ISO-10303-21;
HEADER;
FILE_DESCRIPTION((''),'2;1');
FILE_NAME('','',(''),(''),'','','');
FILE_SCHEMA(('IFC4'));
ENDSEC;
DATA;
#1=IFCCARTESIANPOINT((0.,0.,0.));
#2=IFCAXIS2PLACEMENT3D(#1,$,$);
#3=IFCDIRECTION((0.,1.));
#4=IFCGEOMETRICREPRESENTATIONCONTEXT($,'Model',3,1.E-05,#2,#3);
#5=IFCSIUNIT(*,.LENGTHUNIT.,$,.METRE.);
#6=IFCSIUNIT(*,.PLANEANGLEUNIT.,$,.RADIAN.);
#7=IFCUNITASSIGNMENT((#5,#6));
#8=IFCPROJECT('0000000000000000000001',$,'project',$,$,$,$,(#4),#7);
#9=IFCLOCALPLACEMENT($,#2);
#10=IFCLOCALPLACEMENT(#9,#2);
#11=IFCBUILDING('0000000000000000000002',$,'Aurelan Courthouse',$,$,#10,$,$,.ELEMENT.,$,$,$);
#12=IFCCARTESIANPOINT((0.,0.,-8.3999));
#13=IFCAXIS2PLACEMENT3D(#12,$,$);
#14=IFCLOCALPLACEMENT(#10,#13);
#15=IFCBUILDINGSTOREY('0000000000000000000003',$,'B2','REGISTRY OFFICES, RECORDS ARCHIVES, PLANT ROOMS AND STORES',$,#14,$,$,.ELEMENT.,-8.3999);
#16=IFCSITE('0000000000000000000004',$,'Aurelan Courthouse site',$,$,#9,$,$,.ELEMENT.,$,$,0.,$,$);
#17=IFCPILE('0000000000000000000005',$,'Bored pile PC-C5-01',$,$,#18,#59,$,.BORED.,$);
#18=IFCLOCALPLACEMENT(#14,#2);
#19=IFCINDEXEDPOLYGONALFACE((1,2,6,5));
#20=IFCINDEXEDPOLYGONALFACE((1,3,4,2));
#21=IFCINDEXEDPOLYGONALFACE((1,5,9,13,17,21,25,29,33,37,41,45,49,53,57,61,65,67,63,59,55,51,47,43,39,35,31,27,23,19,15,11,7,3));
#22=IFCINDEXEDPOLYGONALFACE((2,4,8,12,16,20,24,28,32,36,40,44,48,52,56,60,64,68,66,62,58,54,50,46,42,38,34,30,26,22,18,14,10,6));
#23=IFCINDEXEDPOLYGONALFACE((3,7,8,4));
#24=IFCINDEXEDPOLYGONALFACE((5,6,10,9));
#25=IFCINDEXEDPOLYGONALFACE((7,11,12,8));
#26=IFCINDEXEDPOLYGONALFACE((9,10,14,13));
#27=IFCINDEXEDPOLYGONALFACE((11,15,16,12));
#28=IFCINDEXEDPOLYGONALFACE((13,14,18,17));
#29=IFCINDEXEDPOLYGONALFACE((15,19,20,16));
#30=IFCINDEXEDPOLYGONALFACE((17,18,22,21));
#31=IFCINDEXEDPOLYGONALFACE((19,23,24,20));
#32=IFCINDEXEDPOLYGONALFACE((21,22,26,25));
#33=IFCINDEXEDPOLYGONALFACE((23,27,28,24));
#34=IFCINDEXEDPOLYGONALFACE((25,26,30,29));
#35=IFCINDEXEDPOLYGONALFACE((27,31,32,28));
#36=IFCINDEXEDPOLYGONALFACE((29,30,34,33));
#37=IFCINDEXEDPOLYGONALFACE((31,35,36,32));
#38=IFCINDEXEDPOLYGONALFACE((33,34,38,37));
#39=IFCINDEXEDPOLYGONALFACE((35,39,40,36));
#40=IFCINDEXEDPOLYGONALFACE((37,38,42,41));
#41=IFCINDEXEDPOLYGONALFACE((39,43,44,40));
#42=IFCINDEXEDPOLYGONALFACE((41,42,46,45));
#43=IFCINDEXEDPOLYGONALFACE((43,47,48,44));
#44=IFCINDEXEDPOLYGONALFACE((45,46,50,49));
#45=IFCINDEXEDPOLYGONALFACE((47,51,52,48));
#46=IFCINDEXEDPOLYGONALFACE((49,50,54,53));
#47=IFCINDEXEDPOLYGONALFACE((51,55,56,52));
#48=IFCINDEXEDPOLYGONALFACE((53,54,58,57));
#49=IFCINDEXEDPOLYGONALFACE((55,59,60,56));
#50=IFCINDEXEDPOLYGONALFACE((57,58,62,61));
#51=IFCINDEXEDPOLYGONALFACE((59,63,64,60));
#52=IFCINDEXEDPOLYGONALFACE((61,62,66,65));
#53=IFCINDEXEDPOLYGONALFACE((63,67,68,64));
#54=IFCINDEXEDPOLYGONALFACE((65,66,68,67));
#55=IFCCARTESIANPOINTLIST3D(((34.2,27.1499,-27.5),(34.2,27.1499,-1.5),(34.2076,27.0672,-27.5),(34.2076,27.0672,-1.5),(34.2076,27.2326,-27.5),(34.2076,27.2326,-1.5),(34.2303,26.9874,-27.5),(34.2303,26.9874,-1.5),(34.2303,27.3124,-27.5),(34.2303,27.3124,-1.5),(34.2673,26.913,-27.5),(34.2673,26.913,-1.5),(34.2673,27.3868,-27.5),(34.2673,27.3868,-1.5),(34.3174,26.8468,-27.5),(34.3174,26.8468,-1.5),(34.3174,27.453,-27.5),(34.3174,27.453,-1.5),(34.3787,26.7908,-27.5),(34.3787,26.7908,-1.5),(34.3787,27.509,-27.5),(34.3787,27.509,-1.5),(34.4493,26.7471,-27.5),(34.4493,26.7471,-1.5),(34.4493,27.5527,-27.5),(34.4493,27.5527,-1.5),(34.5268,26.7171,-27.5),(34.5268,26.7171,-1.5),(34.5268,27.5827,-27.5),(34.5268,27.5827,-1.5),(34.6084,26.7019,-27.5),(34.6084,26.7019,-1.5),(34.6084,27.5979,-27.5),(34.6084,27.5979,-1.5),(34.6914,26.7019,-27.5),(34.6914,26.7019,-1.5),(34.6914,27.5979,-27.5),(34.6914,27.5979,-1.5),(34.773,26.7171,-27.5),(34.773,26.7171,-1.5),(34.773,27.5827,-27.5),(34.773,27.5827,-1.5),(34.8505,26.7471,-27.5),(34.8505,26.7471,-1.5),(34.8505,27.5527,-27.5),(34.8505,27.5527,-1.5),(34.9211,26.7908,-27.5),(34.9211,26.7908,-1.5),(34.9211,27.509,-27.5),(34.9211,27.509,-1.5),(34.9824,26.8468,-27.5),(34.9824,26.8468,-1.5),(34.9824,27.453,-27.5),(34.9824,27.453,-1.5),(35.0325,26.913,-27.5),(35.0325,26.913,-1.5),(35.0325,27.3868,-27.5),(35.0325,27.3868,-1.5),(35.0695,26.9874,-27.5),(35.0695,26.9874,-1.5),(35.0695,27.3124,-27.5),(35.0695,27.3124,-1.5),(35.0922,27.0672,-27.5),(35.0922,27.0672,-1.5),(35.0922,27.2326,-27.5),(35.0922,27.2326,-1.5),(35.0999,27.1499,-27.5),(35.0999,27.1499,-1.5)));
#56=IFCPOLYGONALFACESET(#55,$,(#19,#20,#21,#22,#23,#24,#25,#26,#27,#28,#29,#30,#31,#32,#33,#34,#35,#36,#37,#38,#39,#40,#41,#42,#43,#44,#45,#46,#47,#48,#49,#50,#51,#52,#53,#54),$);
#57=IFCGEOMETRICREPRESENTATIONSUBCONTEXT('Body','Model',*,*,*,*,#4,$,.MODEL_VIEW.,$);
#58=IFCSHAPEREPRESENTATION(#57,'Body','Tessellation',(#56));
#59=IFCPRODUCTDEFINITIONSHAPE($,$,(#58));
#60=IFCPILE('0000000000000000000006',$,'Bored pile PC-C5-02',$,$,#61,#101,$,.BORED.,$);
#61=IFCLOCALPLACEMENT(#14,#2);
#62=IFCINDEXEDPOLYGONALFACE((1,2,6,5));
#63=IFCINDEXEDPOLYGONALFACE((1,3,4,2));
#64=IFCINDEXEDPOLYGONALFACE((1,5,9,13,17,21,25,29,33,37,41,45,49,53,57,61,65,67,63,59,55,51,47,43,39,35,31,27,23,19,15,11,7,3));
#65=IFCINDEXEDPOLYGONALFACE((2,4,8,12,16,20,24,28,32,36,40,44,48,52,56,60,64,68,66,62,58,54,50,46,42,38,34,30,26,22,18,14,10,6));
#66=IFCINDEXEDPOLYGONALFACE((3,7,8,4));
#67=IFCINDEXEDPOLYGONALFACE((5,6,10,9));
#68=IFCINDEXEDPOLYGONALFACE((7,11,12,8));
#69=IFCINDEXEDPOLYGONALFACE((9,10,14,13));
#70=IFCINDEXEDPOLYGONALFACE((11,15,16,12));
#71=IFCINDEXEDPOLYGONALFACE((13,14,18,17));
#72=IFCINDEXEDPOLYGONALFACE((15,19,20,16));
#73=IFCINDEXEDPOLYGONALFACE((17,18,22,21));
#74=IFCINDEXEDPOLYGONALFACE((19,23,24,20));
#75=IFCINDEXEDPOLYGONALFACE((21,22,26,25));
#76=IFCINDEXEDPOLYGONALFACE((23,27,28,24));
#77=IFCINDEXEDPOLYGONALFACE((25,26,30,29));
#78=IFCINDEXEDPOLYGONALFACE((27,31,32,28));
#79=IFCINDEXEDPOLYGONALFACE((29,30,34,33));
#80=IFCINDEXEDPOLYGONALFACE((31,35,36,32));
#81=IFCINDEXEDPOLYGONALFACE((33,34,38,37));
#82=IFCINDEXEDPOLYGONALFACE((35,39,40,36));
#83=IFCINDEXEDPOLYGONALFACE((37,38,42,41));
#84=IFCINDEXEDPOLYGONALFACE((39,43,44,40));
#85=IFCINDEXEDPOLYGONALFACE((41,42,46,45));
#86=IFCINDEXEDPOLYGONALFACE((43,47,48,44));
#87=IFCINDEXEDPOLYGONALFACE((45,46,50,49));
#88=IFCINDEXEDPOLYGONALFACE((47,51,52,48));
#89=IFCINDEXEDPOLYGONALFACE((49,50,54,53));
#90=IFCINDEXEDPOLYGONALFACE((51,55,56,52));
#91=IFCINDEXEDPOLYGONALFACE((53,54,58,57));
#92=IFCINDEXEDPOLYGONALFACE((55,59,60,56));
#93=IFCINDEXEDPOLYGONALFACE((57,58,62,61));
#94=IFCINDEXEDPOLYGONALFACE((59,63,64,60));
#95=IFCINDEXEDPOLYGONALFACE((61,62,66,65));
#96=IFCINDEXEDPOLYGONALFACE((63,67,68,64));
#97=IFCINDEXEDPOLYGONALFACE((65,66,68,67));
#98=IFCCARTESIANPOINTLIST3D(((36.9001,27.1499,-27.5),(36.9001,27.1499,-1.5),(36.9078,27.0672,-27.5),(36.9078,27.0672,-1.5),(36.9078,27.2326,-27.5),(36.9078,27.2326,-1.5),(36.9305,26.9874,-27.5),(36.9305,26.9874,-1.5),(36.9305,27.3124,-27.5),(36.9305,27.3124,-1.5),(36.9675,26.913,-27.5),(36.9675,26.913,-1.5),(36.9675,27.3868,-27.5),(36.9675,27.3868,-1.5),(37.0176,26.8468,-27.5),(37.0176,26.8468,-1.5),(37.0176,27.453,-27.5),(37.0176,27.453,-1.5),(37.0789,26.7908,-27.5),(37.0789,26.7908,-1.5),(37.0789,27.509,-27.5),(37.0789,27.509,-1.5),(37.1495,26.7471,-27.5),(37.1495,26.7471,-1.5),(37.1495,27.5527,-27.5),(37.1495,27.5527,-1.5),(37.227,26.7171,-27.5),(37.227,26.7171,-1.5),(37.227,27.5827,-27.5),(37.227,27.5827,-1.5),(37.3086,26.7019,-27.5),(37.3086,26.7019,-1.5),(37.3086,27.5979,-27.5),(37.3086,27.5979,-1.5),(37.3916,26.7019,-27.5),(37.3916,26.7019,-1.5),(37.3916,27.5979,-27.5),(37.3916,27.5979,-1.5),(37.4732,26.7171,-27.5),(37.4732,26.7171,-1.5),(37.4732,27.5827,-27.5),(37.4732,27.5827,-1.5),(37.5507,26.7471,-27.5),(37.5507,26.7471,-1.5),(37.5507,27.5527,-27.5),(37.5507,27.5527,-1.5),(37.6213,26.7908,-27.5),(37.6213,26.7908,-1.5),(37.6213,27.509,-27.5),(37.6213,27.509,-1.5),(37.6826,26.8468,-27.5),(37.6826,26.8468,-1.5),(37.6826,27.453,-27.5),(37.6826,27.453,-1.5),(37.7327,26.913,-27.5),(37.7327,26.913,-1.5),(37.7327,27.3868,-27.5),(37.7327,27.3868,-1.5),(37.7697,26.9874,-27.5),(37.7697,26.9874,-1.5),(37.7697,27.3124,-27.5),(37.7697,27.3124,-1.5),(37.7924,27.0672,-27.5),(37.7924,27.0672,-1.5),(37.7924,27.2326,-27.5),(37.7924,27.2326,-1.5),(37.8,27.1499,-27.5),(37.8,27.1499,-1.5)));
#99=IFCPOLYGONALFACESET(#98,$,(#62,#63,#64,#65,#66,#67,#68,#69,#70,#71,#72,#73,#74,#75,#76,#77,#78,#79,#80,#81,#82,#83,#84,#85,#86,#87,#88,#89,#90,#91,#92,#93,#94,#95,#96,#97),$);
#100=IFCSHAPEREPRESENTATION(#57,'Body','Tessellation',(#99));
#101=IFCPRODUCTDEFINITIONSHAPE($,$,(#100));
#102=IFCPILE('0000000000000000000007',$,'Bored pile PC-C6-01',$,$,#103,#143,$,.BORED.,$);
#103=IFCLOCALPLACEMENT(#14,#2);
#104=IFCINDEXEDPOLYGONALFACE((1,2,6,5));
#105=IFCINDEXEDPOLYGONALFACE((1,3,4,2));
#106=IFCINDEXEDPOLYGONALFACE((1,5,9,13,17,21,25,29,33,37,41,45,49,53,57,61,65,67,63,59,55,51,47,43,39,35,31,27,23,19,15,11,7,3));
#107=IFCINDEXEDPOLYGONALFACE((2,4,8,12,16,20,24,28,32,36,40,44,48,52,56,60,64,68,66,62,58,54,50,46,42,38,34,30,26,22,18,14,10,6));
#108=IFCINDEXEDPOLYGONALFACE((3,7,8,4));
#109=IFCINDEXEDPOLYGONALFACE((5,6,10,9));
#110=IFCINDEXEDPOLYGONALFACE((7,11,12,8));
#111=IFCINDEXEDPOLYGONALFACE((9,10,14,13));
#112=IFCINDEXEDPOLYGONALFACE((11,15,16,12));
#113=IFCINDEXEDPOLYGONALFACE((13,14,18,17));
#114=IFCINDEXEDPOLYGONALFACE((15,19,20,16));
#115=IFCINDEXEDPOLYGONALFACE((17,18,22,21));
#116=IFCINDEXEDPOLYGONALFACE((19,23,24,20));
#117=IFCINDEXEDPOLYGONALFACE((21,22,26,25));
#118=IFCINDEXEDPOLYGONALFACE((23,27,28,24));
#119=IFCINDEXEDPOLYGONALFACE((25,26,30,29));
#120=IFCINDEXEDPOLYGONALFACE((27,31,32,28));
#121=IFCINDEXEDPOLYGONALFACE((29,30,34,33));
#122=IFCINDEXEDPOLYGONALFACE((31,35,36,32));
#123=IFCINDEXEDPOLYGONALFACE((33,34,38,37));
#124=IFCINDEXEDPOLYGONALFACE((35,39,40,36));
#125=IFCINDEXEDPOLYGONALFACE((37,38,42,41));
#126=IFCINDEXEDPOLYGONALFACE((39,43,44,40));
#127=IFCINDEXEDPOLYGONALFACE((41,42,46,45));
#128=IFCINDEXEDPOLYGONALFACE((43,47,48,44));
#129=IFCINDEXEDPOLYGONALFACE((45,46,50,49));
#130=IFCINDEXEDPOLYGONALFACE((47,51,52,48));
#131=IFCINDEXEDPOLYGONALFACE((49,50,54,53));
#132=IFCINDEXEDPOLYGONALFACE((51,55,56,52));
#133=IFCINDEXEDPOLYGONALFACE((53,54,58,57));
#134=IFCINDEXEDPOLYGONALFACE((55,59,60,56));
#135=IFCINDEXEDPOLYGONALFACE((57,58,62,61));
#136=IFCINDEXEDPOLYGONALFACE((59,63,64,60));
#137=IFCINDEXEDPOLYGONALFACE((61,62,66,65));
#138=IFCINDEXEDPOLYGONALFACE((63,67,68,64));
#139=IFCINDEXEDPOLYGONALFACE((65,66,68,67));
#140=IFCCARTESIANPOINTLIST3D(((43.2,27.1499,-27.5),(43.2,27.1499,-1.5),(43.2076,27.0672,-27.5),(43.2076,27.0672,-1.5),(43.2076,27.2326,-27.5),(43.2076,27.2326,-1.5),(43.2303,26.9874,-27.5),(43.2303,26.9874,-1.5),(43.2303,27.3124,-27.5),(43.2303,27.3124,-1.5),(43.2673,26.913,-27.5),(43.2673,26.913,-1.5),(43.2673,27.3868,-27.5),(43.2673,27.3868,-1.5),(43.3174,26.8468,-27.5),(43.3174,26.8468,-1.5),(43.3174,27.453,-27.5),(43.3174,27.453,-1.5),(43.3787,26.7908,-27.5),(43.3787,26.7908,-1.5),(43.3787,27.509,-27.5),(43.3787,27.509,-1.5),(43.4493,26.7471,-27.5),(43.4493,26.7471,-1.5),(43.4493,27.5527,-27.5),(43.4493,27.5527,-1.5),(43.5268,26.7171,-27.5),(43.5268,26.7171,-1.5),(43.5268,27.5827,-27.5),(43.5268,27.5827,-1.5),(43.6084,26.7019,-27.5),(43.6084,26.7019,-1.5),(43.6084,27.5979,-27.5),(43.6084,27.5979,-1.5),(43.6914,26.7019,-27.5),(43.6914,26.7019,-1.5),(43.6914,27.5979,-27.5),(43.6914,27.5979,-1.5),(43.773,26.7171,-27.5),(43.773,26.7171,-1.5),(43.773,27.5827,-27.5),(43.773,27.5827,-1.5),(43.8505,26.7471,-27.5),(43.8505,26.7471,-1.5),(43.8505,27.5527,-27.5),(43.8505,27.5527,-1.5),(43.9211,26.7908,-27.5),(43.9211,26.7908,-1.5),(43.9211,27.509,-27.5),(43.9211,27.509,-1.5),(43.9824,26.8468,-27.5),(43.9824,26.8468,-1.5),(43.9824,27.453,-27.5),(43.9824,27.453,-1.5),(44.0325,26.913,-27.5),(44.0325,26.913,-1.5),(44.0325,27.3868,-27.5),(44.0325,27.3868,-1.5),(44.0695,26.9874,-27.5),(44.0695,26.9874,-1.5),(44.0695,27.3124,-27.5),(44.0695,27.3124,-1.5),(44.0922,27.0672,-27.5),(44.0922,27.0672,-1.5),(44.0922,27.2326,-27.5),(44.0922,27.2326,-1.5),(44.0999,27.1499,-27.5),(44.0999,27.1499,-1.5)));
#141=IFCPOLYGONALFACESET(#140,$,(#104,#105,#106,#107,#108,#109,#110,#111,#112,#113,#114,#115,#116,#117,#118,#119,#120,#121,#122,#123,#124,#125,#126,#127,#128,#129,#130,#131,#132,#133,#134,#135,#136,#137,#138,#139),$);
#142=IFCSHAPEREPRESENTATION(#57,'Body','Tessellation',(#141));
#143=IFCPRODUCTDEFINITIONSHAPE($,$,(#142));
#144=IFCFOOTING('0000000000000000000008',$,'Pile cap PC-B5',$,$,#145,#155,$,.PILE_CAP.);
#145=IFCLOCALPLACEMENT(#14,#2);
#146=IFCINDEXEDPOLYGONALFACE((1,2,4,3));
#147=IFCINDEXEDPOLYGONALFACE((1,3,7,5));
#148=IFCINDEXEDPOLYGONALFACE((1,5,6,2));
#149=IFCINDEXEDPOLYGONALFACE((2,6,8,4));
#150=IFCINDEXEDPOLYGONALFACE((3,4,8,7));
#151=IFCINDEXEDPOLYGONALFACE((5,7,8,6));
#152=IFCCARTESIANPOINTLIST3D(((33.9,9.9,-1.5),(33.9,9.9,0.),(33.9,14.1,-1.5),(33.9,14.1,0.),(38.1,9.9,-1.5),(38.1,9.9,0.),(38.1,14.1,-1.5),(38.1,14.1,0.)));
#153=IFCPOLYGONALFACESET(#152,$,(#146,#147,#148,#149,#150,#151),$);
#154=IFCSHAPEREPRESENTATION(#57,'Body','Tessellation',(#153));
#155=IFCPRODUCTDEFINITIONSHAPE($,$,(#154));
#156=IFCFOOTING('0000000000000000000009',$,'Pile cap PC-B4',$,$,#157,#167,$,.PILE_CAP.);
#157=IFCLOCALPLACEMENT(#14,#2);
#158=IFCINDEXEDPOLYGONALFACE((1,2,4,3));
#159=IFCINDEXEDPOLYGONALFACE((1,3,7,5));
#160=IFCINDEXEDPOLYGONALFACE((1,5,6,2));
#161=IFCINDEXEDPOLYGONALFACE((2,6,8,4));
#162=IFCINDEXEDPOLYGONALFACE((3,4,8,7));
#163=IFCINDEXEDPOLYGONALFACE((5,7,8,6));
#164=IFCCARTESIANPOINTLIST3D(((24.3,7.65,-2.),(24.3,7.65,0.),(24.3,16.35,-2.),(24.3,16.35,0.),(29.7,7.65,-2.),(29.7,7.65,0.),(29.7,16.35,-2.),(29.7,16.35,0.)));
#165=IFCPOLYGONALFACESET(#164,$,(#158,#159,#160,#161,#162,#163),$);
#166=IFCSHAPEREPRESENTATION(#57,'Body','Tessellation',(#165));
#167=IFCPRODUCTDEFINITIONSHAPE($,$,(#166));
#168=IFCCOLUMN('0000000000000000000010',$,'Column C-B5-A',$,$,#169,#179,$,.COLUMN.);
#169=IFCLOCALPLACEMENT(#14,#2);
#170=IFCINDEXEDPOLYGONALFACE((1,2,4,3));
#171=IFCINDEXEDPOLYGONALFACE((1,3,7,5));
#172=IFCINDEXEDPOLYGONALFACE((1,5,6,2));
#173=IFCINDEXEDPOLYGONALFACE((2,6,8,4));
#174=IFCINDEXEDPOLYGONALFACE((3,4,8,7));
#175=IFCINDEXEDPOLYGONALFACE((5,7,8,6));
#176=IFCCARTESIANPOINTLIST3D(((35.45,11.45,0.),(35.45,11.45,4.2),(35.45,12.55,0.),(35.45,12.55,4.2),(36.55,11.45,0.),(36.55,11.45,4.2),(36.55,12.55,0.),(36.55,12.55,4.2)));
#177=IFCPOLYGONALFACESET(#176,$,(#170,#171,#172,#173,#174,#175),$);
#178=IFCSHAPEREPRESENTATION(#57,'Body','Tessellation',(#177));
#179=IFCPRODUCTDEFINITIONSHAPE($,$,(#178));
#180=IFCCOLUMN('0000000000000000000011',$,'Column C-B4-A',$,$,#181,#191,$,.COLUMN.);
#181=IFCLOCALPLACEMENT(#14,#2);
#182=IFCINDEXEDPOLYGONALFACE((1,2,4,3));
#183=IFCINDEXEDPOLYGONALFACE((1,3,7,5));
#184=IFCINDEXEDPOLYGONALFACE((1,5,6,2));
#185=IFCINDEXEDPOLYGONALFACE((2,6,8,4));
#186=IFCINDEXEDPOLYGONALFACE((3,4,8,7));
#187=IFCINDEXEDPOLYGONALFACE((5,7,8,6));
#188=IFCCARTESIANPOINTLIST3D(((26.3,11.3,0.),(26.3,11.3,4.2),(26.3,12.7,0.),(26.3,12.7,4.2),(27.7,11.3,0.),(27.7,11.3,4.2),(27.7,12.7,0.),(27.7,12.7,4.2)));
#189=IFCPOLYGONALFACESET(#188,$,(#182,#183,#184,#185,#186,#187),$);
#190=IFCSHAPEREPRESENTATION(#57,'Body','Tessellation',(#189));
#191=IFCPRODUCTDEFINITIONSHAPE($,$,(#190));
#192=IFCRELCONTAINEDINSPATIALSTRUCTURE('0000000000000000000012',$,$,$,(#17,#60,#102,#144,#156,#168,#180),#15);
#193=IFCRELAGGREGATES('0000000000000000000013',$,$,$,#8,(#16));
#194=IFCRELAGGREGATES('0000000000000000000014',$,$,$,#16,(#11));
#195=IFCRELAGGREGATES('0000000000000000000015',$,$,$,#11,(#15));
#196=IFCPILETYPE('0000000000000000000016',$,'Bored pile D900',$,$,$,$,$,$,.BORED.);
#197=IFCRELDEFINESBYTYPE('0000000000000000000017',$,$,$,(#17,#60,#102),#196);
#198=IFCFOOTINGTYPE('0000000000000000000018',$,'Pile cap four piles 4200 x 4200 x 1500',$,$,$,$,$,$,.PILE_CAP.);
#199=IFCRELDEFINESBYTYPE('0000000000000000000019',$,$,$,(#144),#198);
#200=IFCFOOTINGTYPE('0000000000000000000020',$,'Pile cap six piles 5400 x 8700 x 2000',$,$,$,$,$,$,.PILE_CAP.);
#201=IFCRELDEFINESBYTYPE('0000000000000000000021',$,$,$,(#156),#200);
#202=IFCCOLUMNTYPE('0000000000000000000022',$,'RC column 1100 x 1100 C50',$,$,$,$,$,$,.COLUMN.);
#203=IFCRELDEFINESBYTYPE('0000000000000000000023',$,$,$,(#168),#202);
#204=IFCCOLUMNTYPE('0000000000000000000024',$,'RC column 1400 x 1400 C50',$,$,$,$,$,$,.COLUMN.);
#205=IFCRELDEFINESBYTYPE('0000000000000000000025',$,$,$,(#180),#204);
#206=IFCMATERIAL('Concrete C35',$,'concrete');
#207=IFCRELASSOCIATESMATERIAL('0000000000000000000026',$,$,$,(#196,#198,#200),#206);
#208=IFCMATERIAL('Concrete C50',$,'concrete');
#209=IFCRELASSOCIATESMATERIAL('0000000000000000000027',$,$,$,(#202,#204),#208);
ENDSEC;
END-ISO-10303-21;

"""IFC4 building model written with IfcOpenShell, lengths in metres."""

from ifc_helpers import new_model, si_unit, direction, frame, origin, origin_2d, place, context, subcontext, project, spatial, rectangle, circle, extrude, material, material_profile, profile_set, type_object, element, save


model = new_model("IFC4")

# Units and contexts
model_context = context("Model", 3, precision=1e-05, world=origin(), true_north=direction((0.0, 1.0)))
body_context = subcontext(model_context, "Body", "Model", "MODEL_VIEW")
ifc_project = project(units=[si_unit("LENGTHUNIT", "METRE"), si_unit("PLANEANGLEUNIT", "RADIAN")], contexts=[model_context])

# Site, building, storey
site_placement = place(None, origin())
site = spatial("IfcSite", under=ifc_project, at=site_placement, Name="Aurelan Courthouse site", CompositionType="ELEMENT", RefElevation=0.0)
building_placement = place(site_placement, origin())
building = spatial("IfcBuilding", under=site, at=building_placement, Name="Aurelan Courthouse", CompositionType="ELEMENT")
storey_placement = place(building_placement, frame((0.0, 0.0, -8.3999)))
storey = spatial("IfcBuildingStorey", under=building, at=storey_placement, Name="B2", Description="REGISTRY OFFICES, RECORDS ARCHIVES, PLANT ROOMS AND STORES", CompositionType="ELEMENT", Elevation=-8.3999)

# Piles
ifc_material_1 = material(Name="Concrete C35", Category="concrete")
ifc_material_profile_1 = material_profile(ifc_material_1, circle(Radius=0.45, at=origin_2d()), Name="D900")
ifc_profile_set_1 = profile_set([ifc_material_profile_1], Name="Concrete C35")
pile_type_1 = type_object("IfcPileType", Name="Bored pile D900", PredefinedType="BORED", material=ifc_profile_set_1)
for number, where, z_axis, x_axis, name in (
    (1, (34.6499, 27.1499, -1.5), (0.0, 0.0, -1.0), (1.0, 0.0, 0.0), "Bored pile PC-C5-01"),
    (2, (37.3501, 27.1499, -1.5), (0.0, 0.0, -1.0), (1.0, 0.0, 0.0), "Bored pile PC-C5-02"),
    (3, (43.6499, 27.1499, -1.5), (0.0, 0.0, -1.0), (1.0, 0.0, 0.0), "Bored pile PC-C6-01"),
):
    element("IfcPile", number, at=place(storey_placement, frame(where, z_axis=z_axis, x_axis=x_axis)), inside=storey, type_object=pile_type_1, Name=name, PredefinedType="BORED", context=body_context, shape_type="SweptSolid", body=[
        extrude(circle(Radius=0.45, at=origin_2d()), origin(), (0.0, 0.0, 1.0), 26.0),
    ])

# Footings
footing_type_1 = type_object("IfcFootingType", Name="Pile cap four piles 4200 x 4200 x 1500", PredefinedType="PILE_CAP", material=ifc_material_1)
footing_1_placement = place(storey_placement, frame((36.0, 12.0, -1.5), z_axis=(0.0, 0.0, 1.0), x_axis=(1.0, 0.0, 0.0)))
element("IfcFooting", 4, at=footing_1_placement, inside=storey, type_object=footing_type_1, Name="Pile cap PC-B5", PredefinedType="PILE_CAP", context=body_context, shape_type="SweptSolid", body=[
    extrude(rectangle(XDim=4.2, YDim=4.2, at=origin_2d()), origin(), (0.0, 0.0, 1.0), 1.5),
])
footing_type_2 = type_object("IfcFootingType", Name="Pile cap six piles 5400 x 8700 x 2000", PredefinedType="PILE_CAP", material=ifc_material_1)
footing_2_placement = place(storey_placement, frame((27.0, 12.0, -2.0), z_axis=(0.0, 0.0, 1.0), x_axis=(1.0, 0.0, 0.0)))
element("IfcFooting", 5, at=footing_2_placement, inside=storey, type_object=footing_type_2, Name="Pile cap PC-B4", PredefinedType="PILE_CAP", context=body_context, shape_type="SweptSolid", body=[
    extrude(rectangle(XDim=5.3999, YDim=8.7, at=origin_2d()), origin(), (0.0, 0.0, 1.0), 2.0),
])

# Columns
ifc_material_2 = material(Name="Concrete C50", Category="concrete")
ifc_material_profile_2 = material_profile(ifc_material_2, rectangle(XDim=1.1001, YDim=1.1001, at=origin_2d()), Name="RC 1100 x 1100")
ifc_profile_set_2 = profile_set([ifc_material_profile_2], Name="Concrete C50")
column_type_1 = type_object("IfcColumnType", Name="RC column 1100 x 1100 C50", PredefinedType="COLUMN", material=ifc_profile_set_2)
column_1_placement = place(storey_placement, frame((36.0, 12.0, 0.0), z_axis=(0.0, 0.0, 1.0), x_axis=(1.0, 0.0, 0.0)))
element("IfcColumn", 6, at=column_1_placement, inside=storey, type_object=column_type_1, Name="Column C-B5-A", PredefinedType="COLUMN", context=body_context, shape_type="SweptSolid", body=[
    extrude(rectangle(XDim=1.1001, YDim=1.1001, at=origin_2d()), origin(), (0.0, 0.0, 1.0), 4.2),
])
ifc_material_profile_3 = material_profile(ifc_material_2, rectangle(XDim=1.3999, YDim=1.3999, at=origin_2d()), Name="RC 1400 x 1400")
ifc_profile_set_3 = profile_set([ifc_material_profile_3], Name="Concrete C50")
column_type_2 = type_object("IfcColumnType", Name="RC column 1400 x 1400 C50", PredefinedType="COLUMN", material=ifc_profile_set_3)
column_2_placement = place(storey_placement, frame((27.0, 12.0, 0.0), z_axis=(0.0, 0.0, 1.0), x_axis=(1.0, 0.0, 0.0)))
element("IfcColumn", 7, at=column_2_placement, inside=storey, type_object=column_type_2, Name="Column C-B4-A", PredefinedType="COLUMN", context=body_context, shape_type="SweptSolid", body=[
    extrude(rectangle(XDim=1.3999, YDim=1.3999, at=origin_2d()), origin(), (0.0, 0.0, 1.0), 4.2),
])

save(model, "model.ifc")
